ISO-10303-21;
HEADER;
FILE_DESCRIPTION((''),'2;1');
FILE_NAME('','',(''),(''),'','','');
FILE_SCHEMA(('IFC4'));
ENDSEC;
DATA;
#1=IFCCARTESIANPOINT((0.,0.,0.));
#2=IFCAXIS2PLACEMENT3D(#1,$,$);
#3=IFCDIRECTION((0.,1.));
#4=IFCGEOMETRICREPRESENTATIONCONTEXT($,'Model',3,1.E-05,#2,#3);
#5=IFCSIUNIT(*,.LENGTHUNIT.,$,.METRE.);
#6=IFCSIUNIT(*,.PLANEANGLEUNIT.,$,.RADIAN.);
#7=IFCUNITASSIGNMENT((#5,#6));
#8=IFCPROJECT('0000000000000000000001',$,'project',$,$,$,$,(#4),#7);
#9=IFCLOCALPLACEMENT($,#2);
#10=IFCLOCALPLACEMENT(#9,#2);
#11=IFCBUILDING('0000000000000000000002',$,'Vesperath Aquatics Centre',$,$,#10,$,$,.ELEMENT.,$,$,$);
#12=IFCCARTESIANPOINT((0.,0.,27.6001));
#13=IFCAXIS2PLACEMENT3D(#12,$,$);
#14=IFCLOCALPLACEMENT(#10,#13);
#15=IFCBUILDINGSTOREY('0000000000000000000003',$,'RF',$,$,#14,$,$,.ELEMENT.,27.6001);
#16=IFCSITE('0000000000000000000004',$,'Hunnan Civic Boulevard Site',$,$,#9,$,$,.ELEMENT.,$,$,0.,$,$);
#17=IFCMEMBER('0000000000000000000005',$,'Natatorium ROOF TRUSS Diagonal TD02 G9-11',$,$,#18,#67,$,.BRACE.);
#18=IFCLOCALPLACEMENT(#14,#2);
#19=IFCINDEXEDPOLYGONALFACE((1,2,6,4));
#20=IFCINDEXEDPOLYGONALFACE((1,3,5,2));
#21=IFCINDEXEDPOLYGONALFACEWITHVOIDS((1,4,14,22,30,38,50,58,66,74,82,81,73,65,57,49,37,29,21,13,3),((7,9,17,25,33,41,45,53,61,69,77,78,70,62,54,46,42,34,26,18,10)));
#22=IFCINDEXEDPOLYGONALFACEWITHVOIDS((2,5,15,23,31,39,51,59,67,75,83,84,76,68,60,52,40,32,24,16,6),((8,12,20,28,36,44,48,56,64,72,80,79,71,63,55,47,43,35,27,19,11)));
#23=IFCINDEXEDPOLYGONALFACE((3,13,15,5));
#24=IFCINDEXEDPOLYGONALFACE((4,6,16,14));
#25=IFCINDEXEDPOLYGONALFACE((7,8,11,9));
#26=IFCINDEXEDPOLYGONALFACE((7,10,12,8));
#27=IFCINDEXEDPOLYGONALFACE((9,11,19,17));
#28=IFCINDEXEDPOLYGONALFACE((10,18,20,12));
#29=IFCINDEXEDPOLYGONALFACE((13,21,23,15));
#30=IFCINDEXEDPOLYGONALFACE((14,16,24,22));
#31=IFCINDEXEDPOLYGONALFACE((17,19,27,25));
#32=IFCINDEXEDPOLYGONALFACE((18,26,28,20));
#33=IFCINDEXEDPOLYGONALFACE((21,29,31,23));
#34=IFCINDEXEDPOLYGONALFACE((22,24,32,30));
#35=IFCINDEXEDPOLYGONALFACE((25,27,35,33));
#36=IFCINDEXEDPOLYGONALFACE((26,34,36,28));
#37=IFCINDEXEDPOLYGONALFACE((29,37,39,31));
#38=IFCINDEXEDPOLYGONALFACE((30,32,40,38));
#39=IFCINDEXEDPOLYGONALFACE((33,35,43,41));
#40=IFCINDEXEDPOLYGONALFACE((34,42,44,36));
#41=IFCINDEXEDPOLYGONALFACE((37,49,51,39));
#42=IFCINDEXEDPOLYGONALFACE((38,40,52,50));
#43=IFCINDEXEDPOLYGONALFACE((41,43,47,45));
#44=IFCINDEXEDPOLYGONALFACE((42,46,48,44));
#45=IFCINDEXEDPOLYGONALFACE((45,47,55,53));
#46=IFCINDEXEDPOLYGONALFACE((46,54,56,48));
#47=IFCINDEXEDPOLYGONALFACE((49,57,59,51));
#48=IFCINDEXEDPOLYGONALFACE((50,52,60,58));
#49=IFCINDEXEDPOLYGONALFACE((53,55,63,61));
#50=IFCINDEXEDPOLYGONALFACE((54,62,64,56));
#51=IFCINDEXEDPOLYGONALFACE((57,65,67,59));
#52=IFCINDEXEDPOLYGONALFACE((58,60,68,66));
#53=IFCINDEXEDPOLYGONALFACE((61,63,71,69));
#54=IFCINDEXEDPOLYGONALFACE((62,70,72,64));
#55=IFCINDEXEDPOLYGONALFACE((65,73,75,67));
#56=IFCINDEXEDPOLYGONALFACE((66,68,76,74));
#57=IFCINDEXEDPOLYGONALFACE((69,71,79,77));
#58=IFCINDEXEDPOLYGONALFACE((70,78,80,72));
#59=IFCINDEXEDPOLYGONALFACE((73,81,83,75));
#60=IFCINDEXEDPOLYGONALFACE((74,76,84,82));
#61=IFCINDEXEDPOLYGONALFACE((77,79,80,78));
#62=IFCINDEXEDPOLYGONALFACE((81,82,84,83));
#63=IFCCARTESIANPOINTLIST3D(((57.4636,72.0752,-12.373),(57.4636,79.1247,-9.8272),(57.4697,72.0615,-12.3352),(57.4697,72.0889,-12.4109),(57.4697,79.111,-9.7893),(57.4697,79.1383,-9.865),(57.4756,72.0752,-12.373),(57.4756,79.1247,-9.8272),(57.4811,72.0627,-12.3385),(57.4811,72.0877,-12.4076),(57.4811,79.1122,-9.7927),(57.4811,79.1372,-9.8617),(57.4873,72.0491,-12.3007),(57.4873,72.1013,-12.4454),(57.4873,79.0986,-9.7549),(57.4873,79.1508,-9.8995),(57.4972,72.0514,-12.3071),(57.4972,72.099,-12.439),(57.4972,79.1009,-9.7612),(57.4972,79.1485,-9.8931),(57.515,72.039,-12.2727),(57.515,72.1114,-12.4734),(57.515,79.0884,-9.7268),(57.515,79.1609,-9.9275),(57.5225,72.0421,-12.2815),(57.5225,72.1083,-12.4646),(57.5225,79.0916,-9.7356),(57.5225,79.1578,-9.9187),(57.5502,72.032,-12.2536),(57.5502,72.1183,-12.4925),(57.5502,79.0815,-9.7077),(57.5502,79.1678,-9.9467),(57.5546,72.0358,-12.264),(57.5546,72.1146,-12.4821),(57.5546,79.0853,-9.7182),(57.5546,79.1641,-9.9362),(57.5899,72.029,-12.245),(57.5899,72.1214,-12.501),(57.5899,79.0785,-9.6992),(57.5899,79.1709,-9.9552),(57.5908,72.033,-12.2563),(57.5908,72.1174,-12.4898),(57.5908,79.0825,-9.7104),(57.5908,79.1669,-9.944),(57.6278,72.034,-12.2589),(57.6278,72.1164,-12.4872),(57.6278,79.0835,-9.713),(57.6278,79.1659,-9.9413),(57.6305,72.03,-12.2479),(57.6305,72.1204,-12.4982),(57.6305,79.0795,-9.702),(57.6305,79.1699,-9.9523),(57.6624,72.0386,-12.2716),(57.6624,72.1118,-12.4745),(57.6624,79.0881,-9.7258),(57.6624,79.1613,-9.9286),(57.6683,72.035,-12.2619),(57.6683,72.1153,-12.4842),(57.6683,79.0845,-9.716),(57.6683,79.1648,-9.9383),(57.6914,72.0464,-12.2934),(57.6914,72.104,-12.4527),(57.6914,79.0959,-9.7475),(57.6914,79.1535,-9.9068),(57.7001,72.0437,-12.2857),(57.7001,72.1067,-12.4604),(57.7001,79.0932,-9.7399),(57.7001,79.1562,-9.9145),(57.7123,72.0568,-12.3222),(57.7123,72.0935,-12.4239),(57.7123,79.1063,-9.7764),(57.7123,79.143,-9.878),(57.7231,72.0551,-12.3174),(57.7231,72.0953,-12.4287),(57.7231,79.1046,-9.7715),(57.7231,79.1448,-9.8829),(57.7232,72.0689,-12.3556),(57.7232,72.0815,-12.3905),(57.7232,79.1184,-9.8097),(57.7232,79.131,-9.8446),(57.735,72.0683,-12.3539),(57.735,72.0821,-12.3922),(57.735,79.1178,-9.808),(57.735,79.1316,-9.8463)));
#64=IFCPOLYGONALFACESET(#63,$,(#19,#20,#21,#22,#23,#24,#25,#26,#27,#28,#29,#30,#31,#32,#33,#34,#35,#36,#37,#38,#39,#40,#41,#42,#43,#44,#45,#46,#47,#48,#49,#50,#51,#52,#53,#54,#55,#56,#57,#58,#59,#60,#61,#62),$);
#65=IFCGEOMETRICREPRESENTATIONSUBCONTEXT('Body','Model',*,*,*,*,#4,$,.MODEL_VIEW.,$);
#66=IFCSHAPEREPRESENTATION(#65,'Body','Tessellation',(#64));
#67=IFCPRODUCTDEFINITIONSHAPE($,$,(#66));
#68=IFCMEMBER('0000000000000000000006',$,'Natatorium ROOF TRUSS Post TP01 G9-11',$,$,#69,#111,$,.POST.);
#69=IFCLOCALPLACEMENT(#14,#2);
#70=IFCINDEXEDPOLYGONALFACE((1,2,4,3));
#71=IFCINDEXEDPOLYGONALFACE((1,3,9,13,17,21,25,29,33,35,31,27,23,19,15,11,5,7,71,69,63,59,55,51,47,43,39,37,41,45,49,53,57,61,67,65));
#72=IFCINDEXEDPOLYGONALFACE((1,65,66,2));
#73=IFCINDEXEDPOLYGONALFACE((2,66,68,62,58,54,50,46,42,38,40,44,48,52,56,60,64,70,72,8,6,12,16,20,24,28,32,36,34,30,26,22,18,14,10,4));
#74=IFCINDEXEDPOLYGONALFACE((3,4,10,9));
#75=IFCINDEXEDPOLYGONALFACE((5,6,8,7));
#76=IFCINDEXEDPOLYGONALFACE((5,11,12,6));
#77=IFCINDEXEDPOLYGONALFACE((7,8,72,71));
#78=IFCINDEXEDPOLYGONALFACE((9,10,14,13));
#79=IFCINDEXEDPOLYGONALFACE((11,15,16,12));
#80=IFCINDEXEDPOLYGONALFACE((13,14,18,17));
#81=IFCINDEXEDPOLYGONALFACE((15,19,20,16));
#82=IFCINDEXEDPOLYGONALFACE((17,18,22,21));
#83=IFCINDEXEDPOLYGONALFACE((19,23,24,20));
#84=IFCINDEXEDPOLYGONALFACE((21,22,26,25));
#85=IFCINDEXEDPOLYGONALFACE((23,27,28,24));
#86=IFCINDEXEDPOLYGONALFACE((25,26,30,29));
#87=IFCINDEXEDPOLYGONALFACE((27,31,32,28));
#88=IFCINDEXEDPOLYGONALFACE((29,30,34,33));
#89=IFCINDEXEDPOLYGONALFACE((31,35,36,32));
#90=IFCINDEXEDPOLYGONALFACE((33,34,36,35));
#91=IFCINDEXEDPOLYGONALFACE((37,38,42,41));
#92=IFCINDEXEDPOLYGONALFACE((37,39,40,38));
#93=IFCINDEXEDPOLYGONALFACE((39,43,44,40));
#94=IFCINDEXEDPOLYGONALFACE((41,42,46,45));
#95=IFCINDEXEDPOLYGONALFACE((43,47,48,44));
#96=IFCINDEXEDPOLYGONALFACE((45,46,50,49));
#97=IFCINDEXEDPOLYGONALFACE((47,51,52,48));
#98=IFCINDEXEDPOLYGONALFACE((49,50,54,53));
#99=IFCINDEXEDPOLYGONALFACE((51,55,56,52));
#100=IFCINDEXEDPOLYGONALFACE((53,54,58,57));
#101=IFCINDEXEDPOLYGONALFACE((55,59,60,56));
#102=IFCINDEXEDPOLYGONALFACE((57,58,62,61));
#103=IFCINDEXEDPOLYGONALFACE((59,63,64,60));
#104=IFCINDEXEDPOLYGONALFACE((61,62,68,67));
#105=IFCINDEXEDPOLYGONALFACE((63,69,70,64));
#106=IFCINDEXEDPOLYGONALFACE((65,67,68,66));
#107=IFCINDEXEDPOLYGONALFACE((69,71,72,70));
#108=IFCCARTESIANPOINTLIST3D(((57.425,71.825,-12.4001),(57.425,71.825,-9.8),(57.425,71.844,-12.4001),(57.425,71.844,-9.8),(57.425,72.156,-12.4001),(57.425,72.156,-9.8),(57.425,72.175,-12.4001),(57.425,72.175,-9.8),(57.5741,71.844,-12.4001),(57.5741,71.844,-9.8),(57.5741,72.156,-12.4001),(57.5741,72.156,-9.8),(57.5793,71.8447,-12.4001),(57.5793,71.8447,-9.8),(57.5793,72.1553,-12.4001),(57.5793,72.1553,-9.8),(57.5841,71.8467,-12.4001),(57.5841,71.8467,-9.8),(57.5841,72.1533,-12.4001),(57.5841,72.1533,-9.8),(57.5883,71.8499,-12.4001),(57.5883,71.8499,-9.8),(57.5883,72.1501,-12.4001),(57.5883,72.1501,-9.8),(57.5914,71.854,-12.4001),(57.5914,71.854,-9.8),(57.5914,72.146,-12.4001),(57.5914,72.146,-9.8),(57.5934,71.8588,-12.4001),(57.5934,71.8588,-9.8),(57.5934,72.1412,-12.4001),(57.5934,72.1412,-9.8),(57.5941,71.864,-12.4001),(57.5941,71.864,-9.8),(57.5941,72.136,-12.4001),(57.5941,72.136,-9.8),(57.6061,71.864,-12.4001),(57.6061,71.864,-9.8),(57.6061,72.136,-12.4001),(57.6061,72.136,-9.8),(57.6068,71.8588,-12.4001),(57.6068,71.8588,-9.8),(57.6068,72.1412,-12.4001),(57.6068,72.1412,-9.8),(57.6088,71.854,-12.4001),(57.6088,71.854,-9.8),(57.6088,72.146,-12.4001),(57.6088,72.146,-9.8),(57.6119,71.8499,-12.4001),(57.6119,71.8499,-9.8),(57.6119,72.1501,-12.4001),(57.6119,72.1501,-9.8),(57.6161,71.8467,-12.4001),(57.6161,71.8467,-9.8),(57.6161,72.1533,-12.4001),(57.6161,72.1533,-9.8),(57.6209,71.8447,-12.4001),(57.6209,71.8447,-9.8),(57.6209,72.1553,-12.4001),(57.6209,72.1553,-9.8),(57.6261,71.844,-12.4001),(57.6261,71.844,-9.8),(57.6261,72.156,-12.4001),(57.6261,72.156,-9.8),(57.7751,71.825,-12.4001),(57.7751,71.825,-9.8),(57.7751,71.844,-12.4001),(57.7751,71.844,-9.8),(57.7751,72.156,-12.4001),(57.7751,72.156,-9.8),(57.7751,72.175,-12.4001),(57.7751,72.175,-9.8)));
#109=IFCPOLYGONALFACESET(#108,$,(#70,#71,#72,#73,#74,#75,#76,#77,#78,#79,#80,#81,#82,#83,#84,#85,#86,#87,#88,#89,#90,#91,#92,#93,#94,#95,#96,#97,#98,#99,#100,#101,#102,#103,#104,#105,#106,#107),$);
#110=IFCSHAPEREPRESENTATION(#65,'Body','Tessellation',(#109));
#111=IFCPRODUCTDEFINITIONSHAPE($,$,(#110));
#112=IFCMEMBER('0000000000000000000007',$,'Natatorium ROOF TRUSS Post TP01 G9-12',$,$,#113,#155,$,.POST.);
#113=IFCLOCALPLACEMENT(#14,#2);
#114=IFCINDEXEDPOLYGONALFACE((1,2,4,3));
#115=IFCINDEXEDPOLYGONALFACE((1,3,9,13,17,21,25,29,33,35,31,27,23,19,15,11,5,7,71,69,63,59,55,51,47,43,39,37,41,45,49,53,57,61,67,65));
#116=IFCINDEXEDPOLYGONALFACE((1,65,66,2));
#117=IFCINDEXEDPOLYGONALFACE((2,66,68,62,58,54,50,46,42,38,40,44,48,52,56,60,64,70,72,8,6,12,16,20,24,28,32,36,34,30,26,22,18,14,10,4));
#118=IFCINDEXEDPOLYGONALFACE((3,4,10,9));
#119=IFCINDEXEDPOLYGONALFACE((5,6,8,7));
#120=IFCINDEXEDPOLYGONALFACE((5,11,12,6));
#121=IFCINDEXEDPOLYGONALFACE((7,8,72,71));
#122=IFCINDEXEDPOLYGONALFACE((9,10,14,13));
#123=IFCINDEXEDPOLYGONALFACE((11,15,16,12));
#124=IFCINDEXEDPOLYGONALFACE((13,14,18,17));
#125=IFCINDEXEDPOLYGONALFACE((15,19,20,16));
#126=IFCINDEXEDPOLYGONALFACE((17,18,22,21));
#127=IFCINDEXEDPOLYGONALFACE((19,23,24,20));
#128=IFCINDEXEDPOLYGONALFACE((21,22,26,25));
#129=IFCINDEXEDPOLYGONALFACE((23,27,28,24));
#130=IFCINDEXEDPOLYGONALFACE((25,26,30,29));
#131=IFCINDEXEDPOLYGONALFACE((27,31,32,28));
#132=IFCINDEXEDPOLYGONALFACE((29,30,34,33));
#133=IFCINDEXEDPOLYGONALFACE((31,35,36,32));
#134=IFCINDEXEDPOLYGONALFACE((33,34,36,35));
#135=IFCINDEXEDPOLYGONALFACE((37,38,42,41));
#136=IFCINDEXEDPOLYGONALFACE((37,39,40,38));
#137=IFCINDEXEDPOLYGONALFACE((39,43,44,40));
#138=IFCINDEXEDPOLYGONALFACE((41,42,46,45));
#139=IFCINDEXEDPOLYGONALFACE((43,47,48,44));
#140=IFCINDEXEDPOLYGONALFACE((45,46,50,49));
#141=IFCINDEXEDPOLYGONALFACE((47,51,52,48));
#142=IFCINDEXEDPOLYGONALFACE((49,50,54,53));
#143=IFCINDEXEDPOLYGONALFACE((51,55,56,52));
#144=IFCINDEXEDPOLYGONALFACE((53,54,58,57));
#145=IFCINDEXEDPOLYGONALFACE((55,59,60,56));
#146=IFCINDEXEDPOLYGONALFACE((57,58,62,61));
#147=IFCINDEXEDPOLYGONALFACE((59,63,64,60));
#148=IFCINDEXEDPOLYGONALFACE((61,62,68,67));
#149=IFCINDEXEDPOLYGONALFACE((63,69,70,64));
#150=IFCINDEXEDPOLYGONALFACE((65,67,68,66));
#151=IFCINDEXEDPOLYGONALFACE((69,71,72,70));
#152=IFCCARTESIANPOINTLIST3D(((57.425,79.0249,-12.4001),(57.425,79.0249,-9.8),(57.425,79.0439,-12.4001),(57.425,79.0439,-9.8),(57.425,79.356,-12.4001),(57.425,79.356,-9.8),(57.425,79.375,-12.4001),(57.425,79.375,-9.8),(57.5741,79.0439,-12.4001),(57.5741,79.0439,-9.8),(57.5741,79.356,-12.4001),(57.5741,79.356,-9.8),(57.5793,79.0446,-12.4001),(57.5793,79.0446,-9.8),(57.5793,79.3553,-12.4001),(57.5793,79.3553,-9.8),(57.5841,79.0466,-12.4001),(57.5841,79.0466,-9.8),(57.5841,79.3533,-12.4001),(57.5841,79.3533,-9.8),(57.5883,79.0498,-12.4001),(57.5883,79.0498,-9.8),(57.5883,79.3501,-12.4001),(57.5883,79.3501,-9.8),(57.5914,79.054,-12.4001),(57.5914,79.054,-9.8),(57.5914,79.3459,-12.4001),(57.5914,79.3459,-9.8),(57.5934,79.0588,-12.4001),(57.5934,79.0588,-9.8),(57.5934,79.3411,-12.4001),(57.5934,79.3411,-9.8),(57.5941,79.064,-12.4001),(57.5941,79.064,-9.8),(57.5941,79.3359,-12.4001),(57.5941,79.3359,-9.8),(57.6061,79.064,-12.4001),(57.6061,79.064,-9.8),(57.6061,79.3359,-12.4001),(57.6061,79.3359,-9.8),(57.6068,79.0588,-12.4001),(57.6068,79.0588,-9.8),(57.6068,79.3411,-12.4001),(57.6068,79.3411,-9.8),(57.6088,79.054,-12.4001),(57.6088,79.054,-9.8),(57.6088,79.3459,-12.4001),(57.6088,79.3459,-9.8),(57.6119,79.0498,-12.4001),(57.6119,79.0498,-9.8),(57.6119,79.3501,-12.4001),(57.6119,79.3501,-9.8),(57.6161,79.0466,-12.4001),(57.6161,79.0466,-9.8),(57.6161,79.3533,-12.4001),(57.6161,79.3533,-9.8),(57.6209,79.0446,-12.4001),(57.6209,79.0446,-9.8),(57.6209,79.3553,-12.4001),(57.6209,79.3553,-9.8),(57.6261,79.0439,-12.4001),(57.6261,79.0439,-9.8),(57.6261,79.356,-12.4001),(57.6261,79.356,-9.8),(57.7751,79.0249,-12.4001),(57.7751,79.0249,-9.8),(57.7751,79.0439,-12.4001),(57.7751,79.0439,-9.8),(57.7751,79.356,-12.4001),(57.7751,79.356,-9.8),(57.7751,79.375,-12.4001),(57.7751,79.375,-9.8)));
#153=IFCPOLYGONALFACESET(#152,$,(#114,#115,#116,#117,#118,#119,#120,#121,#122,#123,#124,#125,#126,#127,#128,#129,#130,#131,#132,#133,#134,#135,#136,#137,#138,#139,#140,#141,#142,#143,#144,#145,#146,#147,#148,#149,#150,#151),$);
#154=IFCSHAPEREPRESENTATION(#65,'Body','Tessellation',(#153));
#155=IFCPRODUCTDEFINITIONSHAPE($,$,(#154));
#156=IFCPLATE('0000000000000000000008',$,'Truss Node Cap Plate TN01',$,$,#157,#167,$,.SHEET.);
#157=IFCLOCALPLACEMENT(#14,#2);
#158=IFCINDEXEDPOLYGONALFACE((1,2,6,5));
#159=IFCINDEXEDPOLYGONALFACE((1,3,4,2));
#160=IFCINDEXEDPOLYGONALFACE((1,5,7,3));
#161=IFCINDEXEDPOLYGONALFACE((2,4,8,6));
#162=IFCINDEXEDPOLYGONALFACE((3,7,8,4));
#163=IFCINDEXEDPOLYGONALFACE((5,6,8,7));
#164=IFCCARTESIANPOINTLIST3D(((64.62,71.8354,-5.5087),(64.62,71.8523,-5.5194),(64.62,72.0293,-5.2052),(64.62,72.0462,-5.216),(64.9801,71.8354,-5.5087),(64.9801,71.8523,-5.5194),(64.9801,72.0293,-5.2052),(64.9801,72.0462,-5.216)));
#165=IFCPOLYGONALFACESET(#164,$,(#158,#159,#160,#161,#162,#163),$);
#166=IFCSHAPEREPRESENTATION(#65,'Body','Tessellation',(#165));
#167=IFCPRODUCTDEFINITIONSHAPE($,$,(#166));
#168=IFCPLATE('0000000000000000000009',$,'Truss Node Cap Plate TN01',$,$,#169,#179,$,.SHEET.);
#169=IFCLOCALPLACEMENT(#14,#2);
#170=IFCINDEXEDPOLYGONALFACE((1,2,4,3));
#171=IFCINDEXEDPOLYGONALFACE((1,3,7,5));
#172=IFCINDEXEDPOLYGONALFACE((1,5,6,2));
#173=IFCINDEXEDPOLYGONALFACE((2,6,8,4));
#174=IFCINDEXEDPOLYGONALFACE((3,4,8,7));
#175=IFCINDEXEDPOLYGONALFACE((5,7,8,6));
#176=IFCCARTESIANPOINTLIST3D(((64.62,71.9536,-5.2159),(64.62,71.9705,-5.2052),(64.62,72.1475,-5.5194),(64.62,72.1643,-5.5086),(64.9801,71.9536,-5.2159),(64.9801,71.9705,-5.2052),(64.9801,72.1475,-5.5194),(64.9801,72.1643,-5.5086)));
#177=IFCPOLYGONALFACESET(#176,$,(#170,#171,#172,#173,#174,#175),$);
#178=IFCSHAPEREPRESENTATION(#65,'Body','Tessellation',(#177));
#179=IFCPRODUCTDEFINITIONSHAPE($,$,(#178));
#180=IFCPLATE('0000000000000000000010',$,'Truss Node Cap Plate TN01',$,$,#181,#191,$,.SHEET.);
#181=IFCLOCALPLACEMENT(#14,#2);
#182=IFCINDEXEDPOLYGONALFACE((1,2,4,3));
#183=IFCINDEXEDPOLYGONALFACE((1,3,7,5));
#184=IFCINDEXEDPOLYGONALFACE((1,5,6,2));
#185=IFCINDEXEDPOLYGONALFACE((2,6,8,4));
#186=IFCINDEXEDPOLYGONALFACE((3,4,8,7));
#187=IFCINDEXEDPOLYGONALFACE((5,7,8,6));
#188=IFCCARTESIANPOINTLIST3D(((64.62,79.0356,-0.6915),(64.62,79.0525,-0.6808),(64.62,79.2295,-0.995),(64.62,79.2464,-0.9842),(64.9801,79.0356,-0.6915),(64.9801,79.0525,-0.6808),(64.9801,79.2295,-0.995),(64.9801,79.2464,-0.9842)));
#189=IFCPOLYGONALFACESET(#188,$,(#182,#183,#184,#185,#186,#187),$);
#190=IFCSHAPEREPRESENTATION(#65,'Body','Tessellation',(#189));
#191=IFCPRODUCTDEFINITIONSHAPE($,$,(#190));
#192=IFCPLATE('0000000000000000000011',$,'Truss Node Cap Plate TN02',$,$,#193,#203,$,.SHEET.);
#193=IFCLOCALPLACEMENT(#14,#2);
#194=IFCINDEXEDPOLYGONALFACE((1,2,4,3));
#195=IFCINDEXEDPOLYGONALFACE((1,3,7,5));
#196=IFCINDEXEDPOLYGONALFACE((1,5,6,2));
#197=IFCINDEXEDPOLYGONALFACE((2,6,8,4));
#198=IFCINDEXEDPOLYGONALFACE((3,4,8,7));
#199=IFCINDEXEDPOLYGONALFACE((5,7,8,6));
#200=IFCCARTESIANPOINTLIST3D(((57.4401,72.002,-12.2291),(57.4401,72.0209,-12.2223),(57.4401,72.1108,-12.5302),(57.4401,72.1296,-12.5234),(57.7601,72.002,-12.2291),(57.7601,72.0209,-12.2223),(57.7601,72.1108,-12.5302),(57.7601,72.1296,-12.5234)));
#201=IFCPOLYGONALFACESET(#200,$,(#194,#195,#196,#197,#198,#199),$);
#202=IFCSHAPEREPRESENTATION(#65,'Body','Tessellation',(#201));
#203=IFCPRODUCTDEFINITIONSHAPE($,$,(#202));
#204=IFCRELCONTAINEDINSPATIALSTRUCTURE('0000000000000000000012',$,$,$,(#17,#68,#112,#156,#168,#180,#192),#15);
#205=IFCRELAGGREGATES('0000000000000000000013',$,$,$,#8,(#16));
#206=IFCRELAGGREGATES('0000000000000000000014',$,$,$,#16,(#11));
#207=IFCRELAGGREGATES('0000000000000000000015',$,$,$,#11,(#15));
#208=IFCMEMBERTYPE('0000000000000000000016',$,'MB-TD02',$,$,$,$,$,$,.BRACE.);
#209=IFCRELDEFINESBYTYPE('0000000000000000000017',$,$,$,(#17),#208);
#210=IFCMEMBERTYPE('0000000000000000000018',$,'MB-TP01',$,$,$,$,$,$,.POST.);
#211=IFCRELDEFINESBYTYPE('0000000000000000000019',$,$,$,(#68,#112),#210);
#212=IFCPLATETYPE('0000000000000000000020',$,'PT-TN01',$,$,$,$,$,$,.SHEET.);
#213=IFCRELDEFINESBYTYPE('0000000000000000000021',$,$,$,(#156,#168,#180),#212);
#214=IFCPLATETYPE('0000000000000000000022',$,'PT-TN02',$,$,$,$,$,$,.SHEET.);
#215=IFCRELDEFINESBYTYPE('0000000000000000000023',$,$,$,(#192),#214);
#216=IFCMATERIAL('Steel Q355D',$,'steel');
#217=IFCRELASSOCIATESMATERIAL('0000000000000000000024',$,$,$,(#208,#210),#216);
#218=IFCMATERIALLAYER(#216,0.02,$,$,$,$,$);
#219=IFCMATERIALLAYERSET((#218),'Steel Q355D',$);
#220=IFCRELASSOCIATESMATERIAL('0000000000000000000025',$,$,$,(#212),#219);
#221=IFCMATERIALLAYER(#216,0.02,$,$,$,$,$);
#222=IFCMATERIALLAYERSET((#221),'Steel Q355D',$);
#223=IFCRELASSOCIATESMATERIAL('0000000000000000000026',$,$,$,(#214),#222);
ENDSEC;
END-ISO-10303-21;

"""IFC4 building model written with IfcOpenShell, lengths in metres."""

from ifc_helpers import new_model, si_unit, direction, frame, origin, origin_2d, place, context, subcontext, project, spatial, rectangle, hollow_circle, i_section, extrude, material, layer, layer_set, material_profile, profile_set, type_object, element, save


model = new_model("IFC4")

# Units and contexts
model_context = context("Model", 3, precision=1e-05, world=origin(), true_north=direction((0.0, 1.0)))
body_context = subcontext(model_context, "Body", "Model", "MODEL_VIEW")
ifc_project = project(units=[si_unit("LENGTHUNIT", "METRE"), si_unit("PLANEANGLEUNIT", "RADIAN")], contexts=[model_context])

# Site, building, storey
site_placement = place(None, origin())
site = spatial("IfcSite", under=ifc_project, at=site_placement, Name="Hunnan Civic Boulevard Site", CompositionType="ELEMENT", RefElevation=0.0)
building_placement = place(site_placement, origin())
building = spatial("IfcBuilding", under=site, at=building_placement, Name="Vesperath Aquatics Centre", CompositionType="ELEMENT")
storey_placement = place(building_placement, frame((0.0, 0.0, 27.6001)))
storey = spatial("IfcBuildingStorey", under=building, at=storey_placement, Name="RF", CompositionType="ELEMENT", Elevation=27.6001)

# Members
ifc_material_1 = material(Name="Steel Q355D", Category="steel")
ifc_material_profile_1 = material_profile(ifc_material_1, hollow_circle(Radius=0.1365, WallThickness=0.012, at=origin_2d()), Name="CHS 273.0x12")
ifc_profile_set_1 = profile_set([ifc_material_profile_1], Name="Steel Q355D")
member_type_1 = type_object("IfcMemberType", Name="MB-TD02", PredefinedType="BRACE", material=ifc_profile_set_1)
member_1_placement = place(storey_placement, frame((57.6001, 72.0752, -12.373), z_axis=(0.0, 0.940544, 0.339671), x_axis=(-1.0, 0.0, 0.0)))
element("IfcMember", 1, at=member_1_placement, inside=storey, type_object=member_type_1, Name="Natatorium ROOF TRUSS Diagonal TD02 G9-11", PredefinedType="BRACE", context=body_context, shape_type="SweptSolid", body=[
    extrude(hollow_circle(Radius=0.1365, WallThickness=0.012, at=origin_2d()), origin(), (0.0, 0.0, 1.0), 7.4951),
])
ifc_material_profile_2 = material_profile(ifc_material_1, i_section(OverallWidth=0.3501, OverallDepth=0.3501, WebThickness=0.012, FlangeThickness=0.019, FilletRadius=0.02, at=origin_2d()), Name="HW 350x350x12x19")
ifc_profile_set_2 = profile_set([ifc_material_profile_2], Name="Steel Q355D")
member_type_2 = type_object("IfcMemberType", Name="MB-TP01", PredefinedType="POST", material=ifc_profile_set_2)
for number, where, z_axis, x_axis, name in (
    (2, (57.6001, 72.0, -12.4001), (0.0, 0.0, 1.0), (1.0, 0.0, 0.0), "Natatorium ROOF TRUSS Post TP01 G9-11"),
    (3, (57.6001, 79.2, -12.4001), (0.0, 0.0, 1.0), (1.0, 0.0, 0.0), "Natatorium ROOF TRUSS Post TP01 G9-12"),
):
    element("IfcMember", number, at=place(storey_placement, frame(where, z_axis=z_axis, x_axis=x_axis)), inside=storey, type_object=member_type_2, Name=name, PredefinedType="POST", context=body_context, shape_type="SweptSolid", body=[
        extrude(i_section(OverallWidth=0.3501, OverallDepth=0.3501, WebThickness=0.012, FlangeThickness=0.019, FilletRadius=0.02, at=origin_2d()), origin(), (0.0, 0.0, 1.0), 2.6001),
    ])

# Plates
ifc_layer_1 = layer(ifc_material_1, 0.02)
ifc_layer_set_1 = layer_set([ifc_layer_1], Name="Steel Q355D")
plate_type_1 = type_object("IfcPlateType", Name="PT-TN01", PredefinedType="SHEET", material=ifc_layer_set_1)
for number, where, z_axis, x_axis, name in (
    (4, (64.8, 71.9324, -5.3569), (0.0, 0.842696, -0.538389), (-1.0, 0.0, 0.0), "Truss Node Cap Plate TN01"),
    (5, (64.8, 72.0505, -5.3677), (0.0, 0.842696, 0.538389), (-1.0, 0.0, 0.0), "Truss Node Cap Plate TN01"),
    (6, (64.8, 79.1326, -0.8433), (0.0, 0.842696, 0.538389), (-1.0, 0.0, 0.0), "Truss Node Cap Plate TN01"),
):
    element("IfcPlate", number, at=place(storey_placement, frame(where, z_axis=z_axis, x_axis=x_axis)), inside=storey, type_object=plate_type_1, Name=name, PredefinedType="SHEET", context=body_context, shape_type="SweptSolid", body=[
        extrude(rectangle(XDim=0.3601, YDim=0.3601, at=origin_2d()), origin(), (0.0, 0.0, 1.0), 0.02),
    ])
ifc_layer_2 = layer(ifc_material_1, 0.02)
ifc_layer_set_2 = layer_set([ifc_layer_2], Name="Steel Q355D")
plate_type_2 = type_object("IfcPlateType", Name="PT-TN02", PredefinedType="SHEET", material=ifc_layer_set_2)
for number, where, z_axis, x_axis, name in (
    (7, (57.6001, 72.0564, -12.3796), (0.0, 0.940554, 0.339644), (-1.0, 0.0, 0.0), "Truss Node Cap Plate TN02"),
):
    element("IfcPlate", number, at=place(storey_placement, frame(where, z_axis=z_axis, x_axis=x_axis)), inside=storey, type_object=plate_type_2, Name=name, PredefinedType="SHEET", context=body_context, shape_type="SweptSolid", body=[
        extrude(rectangle(XDim=0.3201, YDim=0.3201, at=origin_2d()), origin(), (0.0, 0.0, 1.0), 0.02),
    ])

save(model, "model.ifc")
